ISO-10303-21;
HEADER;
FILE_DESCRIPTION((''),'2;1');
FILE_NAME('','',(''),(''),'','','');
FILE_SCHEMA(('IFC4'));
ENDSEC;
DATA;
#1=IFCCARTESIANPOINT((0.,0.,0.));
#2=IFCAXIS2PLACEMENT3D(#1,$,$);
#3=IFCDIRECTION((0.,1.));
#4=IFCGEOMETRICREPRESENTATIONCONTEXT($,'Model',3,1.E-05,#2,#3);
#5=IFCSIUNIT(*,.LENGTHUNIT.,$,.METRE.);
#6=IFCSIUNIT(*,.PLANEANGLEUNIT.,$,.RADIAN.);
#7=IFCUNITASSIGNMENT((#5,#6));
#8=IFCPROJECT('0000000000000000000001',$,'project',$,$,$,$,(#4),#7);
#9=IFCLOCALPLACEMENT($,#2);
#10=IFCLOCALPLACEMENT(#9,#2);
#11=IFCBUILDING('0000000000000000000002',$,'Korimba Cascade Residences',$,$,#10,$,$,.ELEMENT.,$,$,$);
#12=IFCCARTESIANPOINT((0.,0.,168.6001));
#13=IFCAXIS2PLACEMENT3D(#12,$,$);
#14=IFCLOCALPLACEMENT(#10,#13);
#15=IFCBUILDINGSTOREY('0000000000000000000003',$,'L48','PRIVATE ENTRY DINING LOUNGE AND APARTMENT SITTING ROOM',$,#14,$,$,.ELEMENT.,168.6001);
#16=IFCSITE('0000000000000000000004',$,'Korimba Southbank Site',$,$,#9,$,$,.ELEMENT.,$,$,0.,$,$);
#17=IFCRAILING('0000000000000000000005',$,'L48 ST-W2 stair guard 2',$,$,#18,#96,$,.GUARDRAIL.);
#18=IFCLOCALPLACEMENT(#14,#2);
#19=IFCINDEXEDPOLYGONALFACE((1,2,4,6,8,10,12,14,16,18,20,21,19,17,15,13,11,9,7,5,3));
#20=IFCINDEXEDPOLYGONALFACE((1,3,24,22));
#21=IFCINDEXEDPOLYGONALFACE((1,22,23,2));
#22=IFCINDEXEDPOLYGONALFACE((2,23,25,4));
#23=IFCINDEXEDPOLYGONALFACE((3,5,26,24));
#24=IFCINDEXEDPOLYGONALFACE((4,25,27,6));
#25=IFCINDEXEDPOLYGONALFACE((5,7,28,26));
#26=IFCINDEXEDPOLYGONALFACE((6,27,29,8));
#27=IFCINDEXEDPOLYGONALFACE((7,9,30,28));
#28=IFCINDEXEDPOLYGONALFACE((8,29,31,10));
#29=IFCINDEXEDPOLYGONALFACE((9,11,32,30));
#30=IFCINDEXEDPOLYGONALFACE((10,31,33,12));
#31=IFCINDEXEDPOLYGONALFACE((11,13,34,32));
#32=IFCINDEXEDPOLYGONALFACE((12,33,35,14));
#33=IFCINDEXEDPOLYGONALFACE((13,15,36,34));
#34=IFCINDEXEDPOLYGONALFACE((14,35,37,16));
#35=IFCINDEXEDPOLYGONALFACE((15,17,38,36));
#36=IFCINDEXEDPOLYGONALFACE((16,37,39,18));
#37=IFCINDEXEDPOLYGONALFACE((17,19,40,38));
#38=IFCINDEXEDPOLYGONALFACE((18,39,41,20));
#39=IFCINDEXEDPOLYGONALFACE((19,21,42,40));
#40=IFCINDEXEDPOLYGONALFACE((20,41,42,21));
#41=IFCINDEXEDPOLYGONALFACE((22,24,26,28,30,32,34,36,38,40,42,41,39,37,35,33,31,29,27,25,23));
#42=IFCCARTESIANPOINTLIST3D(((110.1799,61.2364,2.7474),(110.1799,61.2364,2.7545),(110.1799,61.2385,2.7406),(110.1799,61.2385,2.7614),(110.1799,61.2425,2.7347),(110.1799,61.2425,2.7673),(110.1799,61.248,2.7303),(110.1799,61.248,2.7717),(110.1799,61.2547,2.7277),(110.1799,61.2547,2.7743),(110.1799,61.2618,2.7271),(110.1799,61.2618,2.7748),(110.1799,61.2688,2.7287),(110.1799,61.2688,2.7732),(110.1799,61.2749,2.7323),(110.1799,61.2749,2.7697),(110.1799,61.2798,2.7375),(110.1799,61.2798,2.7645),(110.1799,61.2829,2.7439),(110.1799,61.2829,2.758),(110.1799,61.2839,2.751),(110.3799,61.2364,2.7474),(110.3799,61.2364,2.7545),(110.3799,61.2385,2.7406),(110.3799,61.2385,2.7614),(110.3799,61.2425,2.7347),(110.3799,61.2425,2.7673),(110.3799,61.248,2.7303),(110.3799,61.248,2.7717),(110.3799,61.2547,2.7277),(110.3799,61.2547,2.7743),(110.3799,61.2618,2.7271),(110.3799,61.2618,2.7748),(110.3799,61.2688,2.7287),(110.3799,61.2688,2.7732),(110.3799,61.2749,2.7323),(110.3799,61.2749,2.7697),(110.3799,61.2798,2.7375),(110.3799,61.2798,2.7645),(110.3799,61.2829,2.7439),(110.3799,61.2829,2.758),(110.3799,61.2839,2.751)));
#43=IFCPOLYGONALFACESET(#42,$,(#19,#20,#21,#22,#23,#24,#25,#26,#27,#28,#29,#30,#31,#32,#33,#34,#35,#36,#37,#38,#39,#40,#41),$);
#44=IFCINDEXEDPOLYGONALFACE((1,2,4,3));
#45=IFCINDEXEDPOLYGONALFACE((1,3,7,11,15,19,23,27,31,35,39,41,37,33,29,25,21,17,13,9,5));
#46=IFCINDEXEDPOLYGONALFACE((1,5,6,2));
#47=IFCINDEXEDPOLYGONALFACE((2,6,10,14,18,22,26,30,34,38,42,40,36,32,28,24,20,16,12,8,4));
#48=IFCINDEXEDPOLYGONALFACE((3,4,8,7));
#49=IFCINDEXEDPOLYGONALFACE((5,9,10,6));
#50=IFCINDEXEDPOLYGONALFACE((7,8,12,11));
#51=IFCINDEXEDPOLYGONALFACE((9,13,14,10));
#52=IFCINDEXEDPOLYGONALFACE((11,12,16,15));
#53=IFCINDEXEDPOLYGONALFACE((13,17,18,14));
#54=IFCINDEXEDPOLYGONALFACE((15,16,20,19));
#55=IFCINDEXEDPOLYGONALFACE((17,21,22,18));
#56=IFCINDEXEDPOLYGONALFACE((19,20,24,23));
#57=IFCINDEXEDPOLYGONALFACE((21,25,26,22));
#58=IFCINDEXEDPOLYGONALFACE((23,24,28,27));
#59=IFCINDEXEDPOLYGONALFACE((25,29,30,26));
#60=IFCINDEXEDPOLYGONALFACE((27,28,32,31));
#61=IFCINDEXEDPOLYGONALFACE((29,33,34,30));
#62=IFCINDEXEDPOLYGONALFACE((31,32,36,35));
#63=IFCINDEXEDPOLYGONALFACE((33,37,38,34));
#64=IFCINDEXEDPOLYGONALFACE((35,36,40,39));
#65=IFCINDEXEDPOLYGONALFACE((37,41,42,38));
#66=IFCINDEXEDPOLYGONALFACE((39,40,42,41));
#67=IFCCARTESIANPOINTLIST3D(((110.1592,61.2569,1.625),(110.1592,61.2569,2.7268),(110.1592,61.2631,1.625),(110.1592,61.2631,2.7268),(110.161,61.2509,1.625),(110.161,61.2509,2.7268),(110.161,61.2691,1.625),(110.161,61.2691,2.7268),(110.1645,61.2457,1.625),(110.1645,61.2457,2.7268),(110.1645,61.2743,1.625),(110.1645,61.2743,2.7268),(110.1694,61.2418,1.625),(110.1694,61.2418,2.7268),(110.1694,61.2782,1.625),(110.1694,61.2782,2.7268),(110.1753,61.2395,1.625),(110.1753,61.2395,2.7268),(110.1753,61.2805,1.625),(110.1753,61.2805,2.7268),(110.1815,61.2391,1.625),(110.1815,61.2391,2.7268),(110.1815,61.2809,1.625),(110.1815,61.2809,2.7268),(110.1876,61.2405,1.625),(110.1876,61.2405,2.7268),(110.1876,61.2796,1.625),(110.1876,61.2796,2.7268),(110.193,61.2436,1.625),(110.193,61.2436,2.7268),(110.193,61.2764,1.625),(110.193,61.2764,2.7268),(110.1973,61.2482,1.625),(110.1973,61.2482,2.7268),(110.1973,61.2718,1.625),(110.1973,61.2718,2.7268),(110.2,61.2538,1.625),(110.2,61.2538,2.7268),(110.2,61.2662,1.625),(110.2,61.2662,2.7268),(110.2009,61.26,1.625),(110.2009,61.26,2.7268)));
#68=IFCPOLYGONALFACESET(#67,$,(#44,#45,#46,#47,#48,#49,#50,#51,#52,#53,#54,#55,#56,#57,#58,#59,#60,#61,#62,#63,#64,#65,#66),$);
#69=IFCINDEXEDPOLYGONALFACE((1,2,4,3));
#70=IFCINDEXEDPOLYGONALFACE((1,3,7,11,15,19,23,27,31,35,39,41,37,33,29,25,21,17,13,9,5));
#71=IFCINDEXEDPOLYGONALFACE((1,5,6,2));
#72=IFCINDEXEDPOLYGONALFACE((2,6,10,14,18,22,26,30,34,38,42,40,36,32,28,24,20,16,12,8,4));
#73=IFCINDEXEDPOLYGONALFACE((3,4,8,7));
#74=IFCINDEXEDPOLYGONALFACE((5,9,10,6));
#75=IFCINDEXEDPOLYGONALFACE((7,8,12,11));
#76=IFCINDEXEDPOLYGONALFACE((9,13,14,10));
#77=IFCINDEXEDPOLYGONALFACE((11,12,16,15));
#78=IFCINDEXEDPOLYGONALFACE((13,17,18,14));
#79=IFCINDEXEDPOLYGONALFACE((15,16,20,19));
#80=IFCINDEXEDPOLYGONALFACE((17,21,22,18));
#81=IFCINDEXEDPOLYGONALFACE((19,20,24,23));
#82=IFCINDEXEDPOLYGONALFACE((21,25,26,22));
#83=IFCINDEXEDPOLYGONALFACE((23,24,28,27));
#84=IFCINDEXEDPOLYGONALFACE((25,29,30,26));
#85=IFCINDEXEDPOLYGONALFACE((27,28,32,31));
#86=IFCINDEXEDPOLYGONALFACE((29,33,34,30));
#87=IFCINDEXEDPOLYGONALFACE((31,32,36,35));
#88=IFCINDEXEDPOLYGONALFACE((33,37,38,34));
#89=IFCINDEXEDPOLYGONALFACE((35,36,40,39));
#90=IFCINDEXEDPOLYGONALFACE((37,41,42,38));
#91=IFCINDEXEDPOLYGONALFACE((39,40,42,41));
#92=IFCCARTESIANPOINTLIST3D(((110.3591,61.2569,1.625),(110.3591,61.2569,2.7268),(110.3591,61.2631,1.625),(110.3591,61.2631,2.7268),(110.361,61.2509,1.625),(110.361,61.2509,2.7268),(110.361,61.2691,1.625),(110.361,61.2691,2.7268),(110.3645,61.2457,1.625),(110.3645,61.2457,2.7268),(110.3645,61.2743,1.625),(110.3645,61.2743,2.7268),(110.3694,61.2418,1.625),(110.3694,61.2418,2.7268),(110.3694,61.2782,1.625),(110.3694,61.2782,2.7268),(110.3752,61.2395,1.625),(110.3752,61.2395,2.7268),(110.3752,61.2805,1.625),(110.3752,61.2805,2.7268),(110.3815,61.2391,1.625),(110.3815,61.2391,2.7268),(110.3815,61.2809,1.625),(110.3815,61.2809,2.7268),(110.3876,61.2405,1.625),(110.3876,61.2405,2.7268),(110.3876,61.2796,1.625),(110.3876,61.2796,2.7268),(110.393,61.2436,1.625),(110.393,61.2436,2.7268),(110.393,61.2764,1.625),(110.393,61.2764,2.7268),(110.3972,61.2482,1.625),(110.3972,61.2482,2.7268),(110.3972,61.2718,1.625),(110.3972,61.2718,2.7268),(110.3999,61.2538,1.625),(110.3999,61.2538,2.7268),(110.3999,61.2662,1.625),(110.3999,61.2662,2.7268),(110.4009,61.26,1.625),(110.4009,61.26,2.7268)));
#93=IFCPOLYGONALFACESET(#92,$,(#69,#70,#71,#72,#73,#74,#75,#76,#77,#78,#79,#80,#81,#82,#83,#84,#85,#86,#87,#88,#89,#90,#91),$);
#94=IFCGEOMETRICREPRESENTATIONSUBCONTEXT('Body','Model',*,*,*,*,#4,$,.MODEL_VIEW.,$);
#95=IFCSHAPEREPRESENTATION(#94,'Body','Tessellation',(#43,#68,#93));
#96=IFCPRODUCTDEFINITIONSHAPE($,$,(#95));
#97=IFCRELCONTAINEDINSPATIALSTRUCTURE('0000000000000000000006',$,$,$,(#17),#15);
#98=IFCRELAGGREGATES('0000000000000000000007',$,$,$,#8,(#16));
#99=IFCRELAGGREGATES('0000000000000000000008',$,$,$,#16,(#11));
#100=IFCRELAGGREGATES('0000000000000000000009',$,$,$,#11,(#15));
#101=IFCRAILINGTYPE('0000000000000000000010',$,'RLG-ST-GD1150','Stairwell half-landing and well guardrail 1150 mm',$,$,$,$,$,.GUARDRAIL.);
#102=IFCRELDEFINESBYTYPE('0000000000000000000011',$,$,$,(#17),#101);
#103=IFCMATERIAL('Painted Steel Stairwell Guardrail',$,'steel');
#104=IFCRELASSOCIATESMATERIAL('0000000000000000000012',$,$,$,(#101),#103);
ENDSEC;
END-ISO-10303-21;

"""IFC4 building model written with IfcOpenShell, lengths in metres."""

from ifc_helpers import new_model, si_unit, direction, frame, origin, origin_2d, place, context, subcontext, project, spatial, circle, extrude, material, type_object, element, save


model = new_model("IFC4")

# Units and contexts
model_context = context("Model", 3, precision=1e-05, world=origin(), true_north=direction((0.0, 1.0)))
body_context = subcontext(model_context, "Body", "Model", "MODEL_VIEW")
ifc_project = project(units=[si_unit("LENGTHUNIT", "METRE"), si_unit("PLANEANGLEUNIT", "RADIAN")], contexts=[model_context])

# Site, building, storey
site_placement = place(None, origin())
site = spatial("IfcSite", under=ifc_project, at=site_placement, Name="Korimba Southbank Site", CompositionType="ELEMENT", RefElevation=0.0)
building_placement = place(site_placement, origin())
building = spatial("IfcBuilding", under=site, at=building_placement, Name="Korimba Cascade Residences", CompositionType="ELEMENT")
storey_placement = place(building_placement, frame((0.0, 0.0, 168.6001)))
storey = spatial("IfcBuildingStorey", under=building, at=storey_placement, Name="L48", Description="PRIVATE ENTRY DINING LOUNGE AND APARTMENT SITTING ROOM", CompositionType="ELEMENT", Elevation=168.6001)

# Railing
ifc_material_1 = material(Name="Painted Steel Stairwell Guardrail", Category="steel")
railing_type_1 = type_object("IfcRailingType", Name="RLG-ST-GD1150", Description="Stairwell half-landing and well guardrail 1150 mm", PredefinedType="GUARDRAIL", material=ifc_material_1)
railing_1_placement = place(storey_placement, frame((110.1799, 61.26, 1.625)))
element("IfcRailing", 1, at=railing_1_placement, inside=storey, type_object=railing_type_1, Name="L48 ST-W2 stair guard 2", PredefinedType="GUARDRAIL", context=body_context, shape_type="SweptSolid", body=[
    extrude(circle(Radius=0.0239, at=origin_2d()), frame((0.0, 0.0, 1.126), z_axis=(1.0, 0.0, 0.0), x_axis=(0.0, 1.0, 0.0)), (0.0, 0.0, 1.0), 0.2),
    extrude(circle(Radius=0.021, at=origin_2d()), origin(), (0.0, 0.0, 1.0), 1.1018),
    extrude(circle(Radius=0.021, at=origin_2d()), frame((0.2, 0.0, 0.0)), (0.0, 0.0, 1.0), 1.1018),
])

save(model, "model.ifc")
